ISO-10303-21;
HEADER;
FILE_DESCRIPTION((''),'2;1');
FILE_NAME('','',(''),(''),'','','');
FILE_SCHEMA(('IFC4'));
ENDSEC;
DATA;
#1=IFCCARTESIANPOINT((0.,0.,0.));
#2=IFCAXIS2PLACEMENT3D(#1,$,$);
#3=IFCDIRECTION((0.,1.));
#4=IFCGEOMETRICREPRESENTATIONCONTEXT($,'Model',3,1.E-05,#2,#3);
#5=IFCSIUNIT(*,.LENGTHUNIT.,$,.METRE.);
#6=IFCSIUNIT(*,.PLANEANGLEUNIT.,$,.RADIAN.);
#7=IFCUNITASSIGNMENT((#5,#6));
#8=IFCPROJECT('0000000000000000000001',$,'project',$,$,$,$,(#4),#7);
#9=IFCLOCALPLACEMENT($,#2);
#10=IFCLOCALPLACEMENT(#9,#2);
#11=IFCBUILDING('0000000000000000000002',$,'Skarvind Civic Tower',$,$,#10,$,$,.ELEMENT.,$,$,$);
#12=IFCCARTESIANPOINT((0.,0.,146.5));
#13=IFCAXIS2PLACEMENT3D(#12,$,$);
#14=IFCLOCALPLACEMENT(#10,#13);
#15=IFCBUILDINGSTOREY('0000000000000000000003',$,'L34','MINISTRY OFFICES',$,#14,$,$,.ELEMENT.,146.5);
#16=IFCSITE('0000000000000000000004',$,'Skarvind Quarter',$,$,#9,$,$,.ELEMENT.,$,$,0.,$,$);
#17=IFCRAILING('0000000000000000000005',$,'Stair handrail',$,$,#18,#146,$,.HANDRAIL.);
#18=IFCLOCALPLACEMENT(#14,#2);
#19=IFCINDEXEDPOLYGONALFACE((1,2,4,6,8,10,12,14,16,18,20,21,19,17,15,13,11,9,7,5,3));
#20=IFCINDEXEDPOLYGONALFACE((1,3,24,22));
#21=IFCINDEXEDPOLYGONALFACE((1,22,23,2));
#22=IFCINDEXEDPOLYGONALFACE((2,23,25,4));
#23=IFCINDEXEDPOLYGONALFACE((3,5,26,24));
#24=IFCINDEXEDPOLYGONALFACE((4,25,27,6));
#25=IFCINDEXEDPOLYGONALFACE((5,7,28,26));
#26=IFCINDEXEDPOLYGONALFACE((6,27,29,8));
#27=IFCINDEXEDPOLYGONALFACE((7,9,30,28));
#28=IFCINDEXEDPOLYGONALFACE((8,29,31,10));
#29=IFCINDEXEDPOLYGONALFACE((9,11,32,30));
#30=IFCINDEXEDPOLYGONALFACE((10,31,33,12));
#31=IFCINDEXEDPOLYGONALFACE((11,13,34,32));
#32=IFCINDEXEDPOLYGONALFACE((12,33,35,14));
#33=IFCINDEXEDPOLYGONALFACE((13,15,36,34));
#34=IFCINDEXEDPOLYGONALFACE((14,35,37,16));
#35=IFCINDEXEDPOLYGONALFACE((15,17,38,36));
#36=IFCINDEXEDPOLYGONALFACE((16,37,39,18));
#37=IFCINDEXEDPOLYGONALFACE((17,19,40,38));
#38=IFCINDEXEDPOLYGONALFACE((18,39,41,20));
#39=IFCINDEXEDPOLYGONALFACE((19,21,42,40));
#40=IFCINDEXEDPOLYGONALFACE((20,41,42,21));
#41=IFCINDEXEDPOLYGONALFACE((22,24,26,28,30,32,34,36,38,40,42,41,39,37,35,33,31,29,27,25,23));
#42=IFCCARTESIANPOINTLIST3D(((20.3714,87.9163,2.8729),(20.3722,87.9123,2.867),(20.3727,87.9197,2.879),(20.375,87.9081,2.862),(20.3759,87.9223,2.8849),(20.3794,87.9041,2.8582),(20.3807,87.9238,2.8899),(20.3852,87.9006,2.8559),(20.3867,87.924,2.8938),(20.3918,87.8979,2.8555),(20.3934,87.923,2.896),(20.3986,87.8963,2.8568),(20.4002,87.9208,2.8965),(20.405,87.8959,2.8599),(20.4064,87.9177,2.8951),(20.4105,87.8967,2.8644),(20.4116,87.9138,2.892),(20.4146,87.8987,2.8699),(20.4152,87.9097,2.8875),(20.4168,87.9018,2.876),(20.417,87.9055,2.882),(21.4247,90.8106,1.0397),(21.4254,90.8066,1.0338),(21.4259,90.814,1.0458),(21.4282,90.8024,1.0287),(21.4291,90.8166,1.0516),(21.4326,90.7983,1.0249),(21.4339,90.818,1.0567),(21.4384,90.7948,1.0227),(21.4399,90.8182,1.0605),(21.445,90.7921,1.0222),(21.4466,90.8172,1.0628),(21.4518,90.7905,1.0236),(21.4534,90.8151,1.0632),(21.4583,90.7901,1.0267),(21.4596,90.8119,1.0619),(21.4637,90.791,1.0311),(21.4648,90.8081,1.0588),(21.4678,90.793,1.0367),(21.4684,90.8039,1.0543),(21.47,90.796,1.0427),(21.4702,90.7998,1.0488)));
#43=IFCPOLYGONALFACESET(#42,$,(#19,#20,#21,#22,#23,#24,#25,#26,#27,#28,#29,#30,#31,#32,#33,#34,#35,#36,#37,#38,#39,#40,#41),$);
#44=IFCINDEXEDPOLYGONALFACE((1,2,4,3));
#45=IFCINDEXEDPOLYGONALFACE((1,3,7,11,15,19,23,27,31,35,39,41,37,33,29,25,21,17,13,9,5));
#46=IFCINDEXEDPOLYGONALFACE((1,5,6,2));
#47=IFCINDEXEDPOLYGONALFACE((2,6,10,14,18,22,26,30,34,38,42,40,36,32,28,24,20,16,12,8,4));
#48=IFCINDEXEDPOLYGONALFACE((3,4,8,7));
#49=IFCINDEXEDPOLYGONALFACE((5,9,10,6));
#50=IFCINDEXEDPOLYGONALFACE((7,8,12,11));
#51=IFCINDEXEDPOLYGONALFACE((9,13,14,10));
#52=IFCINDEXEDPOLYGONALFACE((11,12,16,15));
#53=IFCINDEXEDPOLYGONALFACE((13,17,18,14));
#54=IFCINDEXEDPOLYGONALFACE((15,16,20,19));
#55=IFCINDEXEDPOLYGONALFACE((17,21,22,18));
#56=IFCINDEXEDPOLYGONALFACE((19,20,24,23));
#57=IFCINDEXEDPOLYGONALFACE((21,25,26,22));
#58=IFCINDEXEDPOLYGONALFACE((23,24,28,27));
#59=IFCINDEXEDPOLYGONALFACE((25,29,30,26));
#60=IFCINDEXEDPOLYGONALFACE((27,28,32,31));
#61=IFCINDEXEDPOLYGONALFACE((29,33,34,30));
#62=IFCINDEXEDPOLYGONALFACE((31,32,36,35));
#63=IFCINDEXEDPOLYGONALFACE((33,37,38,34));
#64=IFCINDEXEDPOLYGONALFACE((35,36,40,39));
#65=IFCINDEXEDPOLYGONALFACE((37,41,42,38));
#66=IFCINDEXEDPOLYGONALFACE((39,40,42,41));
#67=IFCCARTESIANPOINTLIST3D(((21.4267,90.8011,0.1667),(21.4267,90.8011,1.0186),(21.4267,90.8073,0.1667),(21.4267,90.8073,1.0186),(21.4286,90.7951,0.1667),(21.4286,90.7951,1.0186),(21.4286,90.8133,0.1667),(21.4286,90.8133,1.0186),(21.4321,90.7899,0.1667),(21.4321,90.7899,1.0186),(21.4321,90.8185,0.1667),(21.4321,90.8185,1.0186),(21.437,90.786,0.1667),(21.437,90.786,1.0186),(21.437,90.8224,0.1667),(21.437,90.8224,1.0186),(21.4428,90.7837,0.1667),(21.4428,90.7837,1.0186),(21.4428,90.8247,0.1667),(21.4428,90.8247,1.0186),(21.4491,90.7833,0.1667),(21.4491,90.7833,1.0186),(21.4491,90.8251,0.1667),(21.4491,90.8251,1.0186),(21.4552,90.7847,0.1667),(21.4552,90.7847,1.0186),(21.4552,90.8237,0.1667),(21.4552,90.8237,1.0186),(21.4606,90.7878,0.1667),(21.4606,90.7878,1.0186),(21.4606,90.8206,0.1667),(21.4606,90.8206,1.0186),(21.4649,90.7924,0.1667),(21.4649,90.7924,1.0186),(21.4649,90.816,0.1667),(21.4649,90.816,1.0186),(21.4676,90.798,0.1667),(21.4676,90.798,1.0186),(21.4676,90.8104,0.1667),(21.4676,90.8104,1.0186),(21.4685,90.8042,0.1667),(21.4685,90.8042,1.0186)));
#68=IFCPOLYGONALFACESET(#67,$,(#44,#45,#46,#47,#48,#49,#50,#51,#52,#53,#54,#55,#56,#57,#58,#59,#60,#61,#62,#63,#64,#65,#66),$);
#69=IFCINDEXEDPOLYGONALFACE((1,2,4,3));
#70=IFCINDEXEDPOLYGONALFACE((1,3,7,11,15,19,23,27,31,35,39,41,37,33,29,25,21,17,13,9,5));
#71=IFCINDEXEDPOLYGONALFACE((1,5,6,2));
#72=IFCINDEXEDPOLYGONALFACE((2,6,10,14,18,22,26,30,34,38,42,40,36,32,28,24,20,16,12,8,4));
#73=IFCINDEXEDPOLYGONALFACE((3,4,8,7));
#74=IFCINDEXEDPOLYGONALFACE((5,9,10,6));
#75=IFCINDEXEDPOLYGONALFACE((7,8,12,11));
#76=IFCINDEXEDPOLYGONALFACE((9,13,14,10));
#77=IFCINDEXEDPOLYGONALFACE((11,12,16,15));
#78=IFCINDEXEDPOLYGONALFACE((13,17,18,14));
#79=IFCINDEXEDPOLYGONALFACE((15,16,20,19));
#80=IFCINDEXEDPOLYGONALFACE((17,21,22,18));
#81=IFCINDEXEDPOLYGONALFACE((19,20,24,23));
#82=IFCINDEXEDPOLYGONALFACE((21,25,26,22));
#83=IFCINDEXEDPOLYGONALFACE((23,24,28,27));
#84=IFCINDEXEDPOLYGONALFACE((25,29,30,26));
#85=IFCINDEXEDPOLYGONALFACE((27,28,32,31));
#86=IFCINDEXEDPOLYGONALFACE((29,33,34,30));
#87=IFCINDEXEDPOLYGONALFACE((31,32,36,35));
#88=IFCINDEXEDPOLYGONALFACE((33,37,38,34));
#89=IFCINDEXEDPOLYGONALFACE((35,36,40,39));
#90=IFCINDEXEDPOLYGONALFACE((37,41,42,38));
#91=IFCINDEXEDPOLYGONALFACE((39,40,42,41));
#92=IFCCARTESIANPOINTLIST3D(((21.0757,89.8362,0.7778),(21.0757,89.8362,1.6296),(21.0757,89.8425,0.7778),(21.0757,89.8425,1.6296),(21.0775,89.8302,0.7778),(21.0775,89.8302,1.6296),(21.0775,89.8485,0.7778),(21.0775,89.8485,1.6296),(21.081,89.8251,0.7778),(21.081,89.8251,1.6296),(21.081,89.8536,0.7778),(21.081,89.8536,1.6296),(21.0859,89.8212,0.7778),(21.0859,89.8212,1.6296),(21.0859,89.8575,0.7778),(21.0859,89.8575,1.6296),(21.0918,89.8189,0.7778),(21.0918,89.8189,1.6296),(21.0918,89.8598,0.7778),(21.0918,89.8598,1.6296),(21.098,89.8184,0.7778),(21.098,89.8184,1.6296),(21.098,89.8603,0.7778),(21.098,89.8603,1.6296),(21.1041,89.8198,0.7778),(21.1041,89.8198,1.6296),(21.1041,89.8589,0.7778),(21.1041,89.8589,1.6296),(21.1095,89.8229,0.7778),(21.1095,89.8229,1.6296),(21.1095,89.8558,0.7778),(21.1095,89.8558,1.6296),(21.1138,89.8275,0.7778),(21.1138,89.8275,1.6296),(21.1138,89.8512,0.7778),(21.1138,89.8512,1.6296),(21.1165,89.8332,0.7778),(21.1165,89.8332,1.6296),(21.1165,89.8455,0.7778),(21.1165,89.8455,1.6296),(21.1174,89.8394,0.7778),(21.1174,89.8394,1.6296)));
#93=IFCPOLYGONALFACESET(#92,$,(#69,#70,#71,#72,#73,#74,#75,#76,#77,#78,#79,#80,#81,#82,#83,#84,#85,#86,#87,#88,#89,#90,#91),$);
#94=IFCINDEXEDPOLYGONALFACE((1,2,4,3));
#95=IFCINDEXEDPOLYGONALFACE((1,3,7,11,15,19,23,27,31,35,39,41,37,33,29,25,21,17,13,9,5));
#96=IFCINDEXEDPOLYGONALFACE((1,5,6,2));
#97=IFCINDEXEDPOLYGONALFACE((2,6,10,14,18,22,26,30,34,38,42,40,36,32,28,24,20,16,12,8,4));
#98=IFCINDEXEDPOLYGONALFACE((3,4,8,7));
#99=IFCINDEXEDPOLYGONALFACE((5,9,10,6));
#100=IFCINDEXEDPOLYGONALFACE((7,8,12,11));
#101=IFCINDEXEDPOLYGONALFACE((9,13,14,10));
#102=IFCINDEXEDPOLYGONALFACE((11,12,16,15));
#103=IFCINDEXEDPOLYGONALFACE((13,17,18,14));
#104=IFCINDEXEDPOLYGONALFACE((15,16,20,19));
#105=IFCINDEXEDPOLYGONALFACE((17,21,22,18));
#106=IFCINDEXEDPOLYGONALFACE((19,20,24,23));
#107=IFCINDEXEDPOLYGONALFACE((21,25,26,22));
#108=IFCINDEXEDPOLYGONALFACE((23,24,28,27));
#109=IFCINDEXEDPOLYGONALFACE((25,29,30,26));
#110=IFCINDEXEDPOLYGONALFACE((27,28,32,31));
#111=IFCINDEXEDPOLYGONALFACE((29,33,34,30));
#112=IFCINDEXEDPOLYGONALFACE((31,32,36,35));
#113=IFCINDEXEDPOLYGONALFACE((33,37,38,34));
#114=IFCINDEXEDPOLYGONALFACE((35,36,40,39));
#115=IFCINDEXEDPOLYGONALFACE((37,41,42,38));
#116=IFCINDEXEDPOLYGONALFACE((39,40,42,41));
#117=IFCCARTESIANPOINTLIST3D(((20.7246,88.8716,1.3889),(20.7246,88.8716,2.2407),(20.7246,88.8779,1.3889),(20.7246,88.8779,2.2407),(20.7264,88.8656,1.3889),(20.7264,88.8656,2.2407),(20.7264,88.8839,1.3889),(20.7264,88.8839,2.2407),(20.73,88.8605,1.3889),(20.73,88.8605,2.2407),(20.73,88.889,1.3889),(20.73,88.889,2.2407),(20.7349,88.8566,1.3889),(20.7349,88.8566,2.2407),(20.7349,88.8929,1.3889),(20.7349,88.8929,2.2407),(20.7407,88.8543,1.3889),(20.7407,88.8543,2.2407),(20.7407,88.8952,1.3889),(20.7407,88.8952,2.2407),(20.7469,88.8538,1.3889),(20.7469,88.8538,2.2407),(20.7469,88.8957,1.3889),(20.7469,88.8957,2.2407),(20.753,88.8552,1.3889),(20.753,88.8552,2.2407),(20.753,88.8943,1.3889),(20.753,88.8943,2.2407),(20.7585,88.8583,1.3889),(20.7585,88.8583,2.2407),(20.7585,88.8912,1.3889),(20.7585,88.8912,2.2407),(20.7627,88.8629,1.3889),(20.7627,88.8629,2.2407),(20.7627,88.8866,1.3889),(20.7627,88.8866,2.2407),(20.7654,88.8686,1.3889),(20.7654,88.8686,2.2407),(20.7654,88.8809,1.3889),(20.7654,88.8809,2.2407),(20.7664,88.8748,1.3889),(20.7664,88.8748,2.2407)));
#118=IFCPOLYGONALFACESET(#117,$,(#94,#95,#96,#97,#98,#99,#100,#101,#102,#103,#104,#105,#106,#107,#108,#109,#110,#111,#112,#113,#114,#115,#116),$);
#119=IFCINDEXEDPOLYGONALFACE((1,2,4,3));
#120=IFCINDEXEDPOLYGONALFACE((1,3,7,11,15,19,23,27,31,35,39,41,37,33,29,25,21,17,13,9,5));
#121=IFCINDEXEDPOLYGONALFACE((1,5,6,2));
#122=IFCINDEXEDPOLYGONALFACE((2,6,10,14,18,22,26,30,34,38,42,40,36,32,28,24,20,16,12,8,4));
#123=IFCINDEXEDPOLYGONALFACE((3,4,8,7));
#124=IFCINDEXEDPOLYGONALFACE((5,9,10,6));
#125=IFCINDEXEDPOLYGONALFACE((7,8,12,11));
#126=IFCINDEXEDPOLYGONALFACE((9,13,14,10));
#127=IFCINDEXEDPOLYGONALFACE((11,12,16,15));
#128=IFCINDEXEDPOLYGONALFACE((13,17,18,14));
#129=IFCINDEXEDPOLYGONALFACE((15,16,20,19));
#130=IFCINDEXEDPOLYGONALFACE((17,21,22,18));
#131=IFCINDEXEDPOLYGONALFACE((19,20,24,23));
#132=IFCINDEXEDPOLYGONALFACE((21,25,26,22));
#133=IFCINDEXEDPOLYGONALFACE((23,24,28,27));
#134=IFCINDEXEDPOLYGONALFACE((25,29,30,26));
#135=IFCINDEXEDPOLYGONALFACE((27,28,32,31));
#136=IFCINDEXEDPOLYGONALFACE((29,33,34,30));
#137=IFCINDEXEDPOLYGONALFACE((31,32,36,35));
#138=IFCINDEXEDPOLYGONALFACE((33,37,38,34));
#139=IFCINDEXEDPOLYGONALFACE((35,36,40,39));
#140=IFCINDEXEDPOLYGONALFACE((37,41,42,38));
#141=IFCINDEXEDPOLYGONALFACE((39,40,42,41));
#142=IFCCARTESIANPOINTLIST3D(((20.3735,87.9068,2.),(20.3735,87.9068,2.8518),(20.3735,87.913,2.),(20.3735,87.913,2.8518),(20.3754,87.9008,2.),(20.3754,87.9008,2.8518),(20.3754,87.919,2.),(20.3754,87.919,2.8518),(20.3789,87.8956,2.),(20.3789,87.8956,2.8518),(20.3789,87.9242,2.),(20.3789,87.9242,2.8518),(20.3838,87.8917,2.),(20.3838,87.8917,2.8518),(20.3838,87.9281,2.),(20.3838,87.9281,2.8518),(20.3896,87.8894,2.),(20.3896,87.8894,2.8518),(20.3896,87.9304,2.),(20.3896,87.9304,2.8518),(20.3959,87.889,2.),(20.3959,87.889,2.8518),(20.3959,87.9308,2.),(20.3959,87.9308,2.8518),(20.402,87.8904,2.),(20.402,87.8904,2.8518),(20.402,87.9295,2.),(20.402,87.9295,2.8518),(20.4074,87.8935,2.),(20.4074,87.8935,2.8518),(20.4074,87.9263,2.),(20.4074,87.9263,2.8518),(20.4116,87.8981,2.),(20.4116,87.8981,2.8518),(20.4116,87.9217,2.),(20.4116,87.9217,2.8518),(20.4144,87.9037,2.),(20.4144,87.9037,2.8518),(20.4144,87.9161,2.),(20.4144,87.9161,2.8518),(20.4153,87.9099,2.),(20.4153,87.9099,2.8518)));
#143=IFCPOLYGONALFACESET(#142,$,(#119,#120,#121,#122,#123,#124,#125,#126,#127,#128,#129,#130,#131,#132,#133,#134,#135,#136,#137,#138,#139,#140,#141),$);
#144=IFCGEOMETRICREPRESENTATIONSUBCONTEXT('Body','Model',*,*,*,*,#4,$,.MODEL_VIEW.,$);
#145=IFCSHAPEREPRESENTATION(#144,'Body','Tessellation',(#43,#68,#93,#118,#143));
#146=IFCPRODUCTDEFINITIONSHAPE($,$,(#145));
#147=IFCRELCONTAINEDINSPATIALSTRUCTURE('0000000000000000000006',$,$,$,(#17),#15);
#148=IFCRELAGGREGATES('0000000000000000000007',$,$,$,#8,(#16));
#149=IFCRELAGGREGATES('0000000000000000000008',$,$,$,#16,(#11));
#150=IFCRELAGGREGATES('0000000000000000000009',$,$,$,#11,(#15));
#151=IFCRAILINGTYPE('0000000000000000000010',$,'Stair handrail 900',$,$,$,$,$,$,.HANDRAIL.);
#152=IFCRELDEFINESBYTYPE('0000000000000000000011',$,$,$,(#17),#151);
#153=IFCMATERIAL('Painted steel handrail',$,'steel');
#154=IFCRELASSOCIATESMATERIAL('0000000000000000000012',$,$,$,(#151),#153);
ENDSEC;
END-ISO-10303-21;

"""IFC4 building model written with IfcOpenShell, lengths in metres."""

from ifc_helpers import new_model, si_unit, direction, frame, origin, origin_2d, place, context, subcontext, project, spatial, circle, extrude, material, type_object, element, save


model = new_model("IFC4")

# Units and contexts
model_context = context("Model", 3, precision=1e-05, world=origin(), true_north=direction((0.0, 1.0)))
body_context = subcontext(model_context, "Body", "Model", "MODEL_VIEW")
ifc_project = project(units=[si_unit("LENGTHUNIT", "METRE"), si_unit("PLANEANGLEUNIT", "RADIAN")], contexts=[model_context])

# Site, building, storey
site_placement = place(None, origin())
site = spatial("IfcSite", under=ifc_project, at=site_placement, Name="Skarvind Quarter", CompositionType="ELEMENT", RefElevation=0.0)
building_placement = place(site_placement, origin())
building = spatial("IfcBuilding", under=site, at=building_placement, Name="Skarvind Civic Tower", CompositionType="ELEMENT")
storey_placement = place(building_placement, frame((0.0, 0.0, 146.5)))
storey = spatial("IfcBuildingStorey", under=building, at=storey_placement, Name="L34", Description="MINISTRY OFFICES", CompositionType="ELEMENT", Elevation=146.5)

# Railing
ifc_material_1 = material(Name="Painted steel handrail", Category="steel")
railing_type = type_object("IfcRailingType", Name="Stair handrail 900", PredefinedType="HANDRAIL", material=ifc_material_1)
railing_1_placement = place(storey_placement, frame((21.4475, 90.8042, 0.1667)))
element("IfcRailing", 1, at=railing_1_placement, inside=storey, type_object=railing_type, Name="Stair handrail", PredefinedType="HANDRAIL", context=body_context, shape_type="SweptSolid", body=[
    extrude(circle(Radius=0.0239, at=origin_2d()), frame((0.0, 0.0, 0.876), z_axis=(-0.293846, -0.807497, 0.511472), x_axis=(0.939715, -0.341959, 0.0)), (0.0, 0.0, 1.0), 3.5842),
    extrude(circle(Radius=0.021, at=origin_2d()), origin(), (0.0, 0.0, 1.0), 0.8518),
    extrude(circle(Radius=0.021, at=origin_2d()), frame((-0.3511, -0.9648, 0.6111)), (0.0, 0.0, 1.0), 0.8518),
    extrude(circle(Radius=0.021, at=origin_2d()), frame((-0.7021, -1.9294, 1.2222)), (0.0, 0.0, 1.0), 0.8518),
    extrude(circle(Radius=0.021, at=origin_2d()), frame((-1.0532, -2.8943, 1.8333)), (0.0, 0.0, 1.0), 0.8518),
])

save(model, "model.ifc")
